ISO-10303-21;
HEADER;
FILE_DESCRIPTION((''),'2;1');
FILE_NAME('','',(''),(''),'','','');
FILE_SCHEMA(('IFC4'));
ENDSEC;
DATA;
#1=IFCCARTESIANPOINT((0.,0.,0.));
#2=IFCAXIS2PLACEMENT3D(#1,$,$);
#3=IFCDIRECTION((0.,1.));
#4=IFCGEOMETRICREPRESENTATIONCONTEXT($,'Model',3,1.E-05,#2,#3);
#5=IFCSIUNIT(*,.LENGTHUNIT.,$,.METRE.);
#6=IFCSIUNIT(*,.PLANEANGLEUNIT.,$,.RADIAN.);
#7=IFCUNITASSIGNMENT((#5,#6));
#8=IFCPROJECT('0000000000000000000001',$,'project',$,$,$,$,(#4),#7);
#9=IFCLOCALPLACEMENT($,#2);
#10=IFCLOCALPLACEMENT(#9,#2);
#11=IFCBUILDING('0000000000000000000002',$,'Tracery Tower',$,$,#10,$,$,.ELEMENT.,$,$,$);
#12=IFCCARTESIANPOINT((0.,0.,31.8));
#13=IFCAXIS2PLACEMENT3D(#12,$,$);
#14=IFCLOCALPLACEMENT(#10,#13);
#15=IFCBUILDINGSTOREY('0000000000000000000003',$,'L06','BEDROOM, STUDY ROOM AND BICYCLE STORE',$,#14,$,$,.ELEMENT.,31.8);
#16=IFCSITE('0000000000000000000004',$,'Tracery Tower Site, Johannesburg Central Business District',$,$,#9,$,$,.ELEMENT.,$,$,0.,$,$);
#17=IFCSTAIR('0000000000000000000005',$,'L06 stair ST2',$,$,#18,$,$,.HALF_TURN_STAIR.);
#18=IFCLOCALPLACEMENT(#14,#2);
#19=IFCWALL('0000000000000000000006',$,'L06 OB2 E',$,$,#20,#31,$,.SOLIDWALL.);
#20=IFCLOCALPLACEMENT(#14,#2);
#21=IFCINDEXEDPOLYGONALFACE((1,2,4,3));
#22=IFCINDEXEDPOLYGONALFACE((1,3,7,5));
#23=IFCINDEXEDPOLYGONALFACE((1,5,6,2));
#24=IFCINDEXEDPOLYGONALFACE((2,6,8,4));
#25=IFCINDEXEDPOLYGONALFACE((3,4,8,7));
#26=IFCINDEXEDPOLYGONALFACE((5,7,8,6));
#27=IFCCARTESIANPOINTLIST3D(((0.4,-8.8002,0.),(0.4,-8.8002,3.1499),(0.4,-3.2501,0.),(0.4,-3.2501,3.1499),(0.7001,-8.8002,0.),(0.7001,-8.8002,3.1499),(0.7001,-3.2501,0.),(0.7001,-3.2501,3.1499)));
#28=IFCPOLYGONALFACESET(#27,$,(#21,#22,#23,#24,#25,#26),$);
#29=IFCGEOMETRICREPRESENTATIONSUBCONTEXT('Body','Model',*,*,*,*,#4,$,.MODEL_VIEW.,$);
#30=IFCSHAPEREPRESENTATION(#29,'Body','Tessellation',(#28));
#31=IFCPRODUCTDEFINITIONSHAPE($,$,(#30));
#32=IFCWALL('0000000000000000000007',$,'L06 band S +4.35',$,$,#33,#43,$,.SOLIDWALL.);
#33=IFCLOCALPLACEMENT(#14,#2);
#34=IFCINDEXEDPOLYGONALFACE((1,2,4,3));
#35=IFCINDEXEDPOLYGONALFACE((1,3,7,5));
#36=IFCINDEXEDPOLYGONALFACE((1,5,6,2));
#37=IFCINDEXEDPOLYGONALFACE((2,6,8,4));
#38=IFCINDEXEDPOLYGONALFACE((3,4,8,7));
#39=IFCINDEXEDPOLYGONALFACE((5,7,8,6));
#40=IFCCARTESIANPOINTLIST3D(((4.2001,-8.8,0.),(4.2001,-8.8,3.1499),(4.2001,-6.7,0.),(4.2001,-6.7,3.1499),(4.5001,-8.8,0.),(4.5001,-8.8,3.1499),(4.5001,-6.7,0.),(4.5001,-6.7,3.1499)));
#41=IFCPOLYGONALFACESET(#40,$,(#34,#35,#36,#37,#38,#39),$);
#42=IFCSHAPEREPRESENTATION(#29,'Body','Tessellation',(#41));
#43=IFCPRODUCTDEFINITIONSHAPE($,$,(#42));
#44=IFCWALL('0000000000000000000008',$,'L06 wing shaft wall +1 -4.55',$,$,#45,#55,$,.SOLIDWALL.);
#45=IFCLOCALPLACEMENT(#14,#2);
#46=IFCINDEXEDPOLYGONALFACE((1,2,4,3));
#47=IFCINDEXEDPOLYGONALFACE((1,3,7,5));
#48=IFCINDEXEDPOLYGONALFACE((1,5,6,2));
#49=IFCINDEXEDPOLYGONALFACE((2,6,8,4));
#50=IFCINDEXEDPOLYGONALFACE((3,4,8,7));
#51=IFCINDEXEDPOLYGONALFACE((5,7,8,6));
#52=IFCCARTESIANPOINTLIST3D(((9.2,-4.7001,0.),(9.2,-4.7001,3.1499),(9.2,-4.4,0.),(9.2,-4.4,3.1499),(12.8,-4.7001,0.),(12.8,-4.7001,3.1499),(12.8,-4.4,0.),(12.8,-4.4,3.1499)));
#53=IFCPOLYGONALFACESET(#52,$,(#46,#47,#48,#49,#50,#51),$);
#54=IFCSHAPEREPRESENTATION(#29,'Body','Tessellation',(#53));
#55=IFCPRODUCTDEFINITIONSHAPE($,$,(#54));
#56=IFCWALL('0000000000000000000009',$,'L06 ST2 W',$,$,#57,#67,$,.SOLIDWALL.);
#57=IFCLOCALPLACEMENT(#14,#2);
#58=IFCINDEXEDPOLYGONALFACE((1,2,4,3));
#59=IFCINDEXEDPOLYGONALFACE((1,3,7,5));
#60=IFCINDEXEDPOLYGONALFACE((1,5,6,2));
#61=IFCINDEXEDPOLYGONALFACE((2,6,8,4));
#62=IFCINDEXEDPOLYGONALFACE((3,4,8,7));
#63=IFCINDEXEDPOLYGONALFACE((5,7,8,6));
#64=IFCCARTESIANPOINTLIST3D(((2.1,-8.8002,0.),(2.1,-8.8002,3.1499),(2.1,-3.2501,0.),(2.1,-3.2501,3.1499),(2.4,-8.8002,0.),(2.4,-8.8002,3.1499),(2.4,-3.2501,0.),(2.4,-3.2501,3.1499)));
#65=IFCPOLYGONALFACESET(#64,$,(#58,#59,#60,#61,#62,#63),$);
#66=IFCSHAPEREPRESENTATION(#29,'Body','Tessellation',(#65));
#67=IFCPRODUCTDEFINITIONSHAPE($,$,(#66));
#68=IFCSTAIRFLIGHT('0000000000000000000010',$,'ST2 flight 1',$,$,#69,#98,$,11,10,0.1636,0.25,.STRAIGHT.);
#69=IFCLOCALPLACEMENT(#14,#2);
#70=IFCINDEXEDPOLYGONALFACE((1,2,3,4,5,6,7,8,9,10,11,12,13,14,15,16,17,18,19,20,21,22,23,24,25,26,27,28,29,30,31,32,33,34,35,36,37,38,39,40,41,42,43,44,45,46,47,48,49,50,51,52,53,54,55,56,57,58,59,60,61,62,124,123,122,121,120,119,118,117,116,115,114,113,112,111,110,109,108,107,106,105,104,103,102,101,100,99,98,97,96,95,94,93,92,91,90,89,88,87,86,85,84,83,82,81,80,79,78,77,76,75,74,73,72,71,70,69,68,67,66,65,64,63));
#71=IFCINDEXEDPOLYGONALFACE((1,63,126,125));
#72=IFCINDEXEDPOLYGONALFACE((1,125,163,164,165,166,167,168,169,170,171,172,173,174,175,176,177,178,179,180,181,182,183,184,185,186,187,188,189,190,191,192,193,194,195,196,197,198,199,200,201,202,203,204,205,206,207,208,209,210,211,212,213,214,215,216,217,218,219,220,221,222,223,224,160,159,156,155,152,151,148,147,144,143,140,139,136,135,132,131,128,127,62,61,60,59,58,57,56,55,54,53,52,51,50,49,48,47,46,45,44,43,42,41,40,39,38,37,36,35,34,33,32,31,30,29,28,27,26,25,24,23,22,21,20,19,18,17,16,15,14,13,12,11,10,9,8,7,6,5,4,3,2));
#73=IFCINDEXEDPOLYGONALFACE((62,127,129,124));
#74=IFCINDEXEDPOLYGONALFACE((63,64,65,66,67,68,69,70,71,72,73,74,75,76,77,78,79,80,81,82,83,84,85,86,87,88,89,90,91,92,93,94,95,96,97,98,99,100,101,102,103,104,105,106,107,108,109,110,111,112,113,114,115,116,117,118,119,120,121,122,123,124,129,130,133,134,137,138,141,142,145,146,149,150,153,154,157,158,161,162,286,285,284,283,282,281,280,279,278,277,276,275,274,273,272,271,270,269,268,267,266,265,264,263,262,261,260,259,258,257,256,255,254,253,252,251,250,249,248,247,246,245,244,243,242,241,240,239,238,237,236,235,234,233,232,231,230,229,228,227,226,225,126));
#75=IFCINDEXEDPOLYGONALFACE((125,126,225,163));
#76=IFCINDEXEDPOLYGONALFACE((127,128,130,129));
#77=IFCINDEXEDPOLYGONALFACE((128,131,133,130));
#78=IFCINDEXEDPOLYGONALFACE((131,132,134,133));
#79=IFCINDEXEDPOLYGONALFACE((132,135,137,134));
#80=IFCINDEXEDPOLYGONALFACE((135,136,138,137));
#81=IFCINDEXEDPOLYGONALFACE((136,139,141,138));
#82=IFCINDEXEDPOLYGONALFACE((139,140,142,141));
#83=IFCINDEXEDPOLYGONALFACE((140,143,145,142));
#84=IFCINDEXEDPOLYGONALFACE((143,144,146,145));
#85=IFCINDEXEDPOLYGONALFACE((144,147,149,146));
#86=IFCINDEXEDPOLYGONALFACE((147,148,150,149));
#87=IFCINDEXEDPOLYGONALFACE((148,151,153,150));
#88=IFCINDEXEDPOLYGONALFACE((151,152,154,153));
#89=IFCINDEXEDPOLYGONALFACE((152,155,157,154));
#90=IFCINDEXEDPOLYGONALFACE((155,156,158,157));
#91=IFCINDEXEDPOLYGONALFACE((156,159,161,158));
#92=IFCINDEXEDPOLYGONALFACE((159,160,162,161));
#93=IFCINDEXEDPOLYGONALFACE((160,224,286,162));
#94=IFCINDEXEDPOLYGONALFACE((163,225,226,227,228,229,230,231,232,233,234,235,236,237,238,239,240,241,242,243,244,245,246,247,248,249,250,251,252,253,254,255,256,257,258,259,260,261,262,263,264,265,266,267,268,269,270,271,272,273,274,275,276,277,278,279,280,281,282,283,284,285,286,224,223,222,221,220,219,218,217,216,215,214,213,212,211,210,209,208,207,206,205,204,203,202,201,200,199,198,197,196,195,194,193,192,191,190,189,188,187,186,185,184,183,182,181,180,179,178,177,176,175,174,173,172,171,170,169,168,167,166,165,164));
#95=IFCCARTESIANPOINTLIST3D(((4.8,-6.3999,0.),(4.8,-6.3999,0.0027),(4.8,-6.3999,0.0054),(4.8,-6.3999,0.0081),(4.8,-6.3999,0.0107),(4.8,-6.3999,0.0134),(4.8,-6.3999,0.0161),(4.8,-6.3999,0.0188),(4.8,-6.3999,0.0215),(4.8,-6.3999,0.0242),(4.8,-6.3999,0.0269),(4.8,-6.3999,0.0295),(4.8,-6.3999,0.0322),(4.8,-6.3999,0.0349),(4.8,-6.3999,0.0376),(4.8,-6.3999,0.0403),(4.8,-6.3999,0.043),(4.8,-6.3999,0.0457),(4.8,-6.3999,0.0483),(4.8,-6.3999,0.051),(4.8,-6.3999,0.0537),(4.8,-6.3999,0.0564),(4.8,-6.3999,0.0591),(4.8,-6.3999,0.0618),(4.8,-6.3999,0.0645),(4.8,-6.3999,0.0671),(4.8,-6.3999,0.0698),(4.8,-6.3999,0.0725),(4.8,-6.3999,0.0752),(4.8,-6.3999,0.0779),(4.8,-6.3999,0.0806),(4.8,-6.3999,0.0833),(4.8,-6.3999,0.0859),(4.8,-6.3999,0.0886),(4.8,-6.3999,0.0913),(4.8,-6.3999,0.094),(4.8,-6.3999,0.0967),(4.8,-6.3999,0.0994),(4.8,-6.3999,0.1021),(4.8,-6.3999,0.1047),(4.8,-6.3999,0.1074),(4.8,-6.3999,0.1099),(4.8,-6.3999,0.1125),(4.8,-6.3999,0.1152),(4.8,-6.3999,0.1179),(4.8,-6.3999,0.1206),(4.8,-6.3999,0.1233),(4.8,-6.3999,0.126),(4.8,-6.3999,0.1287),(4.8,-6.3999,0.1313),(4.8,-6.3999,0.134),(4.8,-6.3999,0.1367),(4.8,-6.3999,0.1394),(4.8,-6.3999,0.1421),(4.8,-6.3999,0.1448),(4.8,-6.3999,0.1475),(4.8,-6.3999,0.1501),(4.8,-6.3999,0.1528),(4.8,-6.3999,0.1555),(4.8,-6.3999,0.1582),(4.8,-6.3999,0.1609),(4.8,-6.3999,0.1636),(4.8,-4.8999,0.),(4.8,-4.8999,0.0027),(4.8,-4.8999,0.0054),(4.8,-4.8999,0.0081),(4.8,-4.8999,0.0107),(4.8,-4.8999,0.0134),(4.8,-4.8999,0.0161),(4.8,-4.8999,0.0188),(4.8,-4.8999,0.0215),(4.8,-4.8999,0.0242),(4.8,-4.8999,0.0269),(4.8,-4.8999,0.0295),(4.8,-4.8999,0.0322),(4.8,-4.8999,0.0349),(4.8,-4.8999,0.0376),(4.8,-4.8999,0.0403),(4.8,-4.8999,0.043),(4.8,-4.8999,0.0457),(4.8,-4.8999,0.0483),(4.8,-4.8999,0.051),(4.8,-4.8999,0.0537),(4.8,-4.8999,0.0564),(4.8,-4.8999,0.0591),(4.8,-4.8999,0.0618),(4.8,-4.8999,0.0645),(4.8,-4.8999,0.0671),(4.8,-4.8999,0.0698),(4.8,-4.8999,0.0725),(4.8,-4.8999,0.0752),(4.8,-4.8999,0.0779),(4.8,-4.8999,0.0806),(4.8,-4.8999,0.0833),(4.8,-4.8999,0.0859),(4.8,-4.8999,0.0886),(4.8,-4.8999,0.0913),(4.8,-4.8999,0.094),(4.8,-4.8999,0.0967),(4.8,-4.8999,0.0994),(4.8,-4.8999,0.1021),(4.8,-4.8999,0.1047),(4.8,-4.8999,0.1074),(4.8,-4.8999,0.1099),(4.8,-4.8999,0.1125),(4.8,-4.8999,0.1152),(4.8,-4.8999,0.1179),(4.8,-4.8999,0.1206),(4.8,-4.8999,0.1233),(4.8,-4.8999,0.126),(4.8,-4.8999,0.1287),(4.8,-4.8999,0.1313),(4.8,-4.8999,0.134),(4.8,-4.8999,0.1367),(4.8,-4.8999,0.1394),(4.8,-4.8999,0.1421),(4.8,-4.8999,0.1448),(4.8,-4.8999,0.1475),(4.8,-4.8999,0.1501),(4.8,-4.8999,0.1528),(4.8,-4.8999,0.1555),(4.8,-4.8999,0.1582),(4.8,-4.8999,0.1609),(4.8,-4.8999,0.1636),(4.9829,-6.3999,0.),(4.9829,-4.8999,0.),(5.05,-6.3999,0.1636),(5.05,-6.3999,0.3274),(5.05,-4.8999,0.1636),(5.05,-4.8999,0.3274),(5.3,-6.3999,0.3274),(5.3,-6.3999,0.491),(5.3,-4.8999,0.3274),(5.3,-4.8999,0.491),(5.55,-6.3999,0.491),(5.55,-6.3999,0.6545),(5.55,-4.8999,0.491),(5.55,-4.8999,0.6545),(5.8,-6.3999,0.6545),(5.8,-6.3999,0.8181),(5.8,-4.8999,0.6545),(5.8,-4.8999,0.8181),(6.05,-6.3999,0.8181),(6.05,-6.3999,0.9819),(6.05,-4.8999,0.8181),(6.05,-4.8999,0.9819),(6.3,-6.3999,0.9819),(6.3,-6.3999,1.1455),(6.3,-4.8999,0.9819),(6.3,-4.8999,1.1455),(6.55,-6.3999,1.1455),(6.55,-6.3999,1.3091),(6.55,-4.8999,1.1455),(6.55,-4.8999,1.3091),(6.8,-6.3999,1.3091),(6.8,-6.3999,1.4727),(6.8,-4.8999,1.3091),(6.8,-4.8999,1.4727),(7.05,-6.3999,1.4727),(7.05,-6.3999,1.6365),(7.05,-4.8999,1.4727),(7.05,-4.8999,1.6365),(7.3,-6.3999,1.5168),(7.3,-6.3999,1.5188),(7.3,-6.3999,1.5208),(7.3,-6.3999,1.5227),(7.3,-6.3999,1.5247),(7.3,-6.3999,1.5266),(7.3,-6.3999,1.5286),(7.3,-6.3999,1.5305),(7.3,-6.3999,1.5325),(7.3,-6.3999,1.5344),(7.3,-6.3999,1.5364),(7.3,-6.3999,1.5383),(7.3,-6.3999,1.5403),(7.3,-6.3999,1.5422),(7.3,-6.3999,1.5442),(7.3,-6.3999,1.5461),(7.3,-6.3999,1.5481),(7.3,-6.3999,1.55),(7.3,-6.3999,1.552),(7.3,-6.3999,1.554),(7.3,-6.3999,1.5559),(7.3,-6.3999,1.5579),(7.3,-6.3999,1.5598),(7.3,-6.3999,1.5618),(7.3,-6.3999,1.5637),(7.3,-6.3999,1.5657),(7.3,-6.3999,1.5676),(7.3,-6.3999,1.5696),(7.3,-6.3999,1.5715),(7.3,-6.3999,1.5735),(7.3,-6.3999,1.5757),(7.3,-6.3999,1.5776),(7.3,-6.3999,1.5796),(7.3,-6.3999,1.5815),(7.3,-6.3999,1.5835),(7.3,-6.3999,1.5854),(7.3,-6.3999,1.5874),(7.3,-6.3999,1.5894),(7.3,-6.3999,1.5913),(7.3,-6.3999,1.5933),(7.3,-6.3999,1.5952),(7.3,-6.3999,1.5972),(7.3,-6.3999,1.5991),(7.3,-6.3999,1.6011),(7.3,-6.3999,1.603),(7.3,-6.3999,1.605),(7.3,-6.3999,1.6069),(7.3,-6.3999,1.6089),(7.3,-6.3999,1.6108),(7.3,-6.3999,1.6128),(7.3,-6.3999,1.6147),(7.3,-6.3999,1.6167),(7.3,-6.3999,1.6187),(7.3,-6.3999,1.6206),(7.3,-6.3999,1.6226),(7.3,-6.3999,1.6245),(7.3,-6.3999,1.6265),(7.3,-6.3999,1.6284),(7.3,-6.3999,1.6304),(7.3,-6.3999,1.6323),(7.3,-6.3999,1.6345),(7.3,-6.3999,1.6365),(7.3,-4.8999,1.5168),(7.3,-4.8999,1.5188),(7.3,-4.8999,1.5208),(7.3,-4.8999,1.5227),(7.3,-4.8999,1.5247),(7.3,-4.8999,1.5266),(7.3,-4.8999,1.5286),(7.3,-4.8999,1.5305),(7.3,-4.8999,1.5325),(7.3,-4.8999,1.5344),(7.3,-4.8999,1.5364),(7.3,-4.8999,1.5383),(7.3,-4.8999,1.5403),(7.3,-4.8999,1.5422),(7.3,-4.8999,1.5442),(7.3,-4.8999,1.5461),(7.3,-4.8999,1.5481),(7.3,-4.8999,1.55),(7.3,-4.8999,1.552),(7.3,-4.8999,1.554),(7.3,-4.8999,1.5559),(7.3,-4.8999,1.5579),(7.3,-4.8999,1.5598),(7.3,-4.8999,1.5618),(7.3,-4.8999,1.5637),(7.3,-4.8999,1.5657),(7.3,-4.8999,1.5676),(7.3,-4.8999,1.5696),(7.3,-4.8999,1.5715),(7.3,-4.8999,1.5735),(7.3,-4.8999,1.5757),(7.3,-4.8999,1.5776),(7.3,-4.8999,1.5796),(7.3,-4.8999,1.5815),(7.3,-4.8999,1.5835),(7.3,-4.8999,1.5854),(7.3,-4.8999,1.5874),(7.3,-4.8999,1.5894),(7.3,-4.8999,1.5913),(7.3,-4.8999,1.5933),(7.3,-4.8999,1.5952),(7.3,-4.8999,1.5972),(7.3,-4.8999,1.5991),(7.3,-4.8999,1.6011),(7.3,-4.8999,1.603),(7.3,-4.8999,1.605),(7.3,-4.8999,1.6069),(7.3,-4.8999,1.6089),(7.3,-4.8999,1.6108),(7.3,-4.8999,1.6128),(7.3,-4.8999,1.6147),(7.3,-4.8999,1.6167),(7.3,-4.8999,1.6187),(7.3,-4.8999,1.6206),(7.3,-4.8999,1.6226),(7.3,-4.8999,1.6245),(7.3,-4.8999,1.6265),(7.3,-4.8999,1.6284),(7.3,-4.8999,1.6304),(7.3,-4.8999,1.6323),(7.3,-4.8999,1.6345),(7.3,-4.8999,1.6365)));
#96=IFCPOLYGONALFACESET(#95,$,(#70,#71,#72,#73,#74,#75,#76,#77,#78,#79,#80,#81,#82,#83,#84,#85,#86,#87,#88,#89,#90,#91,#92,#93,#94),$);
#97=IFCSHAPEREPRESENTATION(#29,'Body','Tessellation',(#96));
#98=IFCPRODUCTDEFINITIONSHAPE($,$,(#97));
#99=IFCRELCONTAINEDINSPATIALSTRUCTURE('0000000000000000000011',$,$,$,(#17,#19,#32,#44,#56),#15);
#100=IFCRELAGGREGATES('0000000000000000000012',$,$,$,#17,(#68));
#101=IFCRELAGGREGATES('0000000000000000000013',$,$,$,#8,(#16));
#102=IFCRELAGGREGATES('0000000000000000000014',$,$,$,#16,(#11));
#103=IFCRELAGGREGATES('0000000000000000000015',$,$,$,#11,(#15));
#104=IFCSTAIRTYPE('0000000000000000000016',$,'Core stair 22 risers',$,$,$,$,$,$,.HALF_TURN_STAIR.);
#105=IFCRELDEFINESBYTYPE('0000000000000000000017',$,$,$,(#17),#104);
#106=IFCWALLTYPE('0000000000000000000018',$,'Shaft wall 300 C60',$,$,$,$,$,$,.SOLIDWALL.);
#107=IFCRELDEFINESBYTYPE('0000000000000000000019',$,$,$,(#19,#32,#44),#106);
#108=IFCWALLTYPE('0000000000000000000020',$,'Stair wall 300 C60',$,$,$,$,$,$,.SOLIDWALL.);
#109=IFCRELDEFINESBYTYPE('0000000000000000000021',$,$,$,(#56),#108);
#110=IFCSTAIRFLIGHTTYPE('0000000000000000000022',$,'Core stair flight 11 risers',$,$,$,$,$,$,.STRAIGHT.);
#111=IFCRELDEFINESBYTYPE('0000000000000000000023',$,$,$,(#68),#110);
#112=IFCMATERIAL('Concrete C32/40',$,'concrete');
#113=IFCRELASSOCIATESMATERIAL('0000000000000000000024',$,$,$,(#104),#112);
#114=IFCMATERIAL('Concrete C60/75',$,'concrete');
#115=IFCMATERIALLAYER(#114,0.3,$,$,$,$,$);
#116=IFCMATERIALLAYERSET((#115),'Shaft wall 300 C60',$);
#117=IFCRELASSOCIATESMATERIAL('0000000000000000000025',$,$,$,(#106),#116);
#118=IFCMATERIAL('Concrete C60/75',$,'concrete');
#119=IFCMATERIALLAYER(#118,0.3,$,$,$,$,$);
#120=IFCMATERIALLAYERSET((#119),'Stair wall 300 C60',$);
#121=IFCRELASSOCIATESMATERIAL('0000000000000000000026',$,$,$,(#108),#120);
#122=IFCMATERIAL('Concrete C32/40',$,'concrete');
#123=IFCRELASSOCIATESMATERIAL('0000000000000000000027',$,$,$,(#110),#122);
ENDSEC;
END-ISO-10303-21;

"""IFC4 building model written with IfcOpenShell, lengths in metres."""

from ifc_helpers import new_model, si_unit, direction, frame, frame_2d, origin, place, context, subcontext, project, spatial, polyline, rectangle, outline, extrude, material, layer, layer_set, type_object, element, aggregate, save


model = new_model("IFC4")

# Units and contexts
model_context = context("Model", 3, precision=1e-05, world=origin(), true_north=direction((0.0, 1.0)))
body_context = subcontext(model_context, "Body", "Model", "MODEL_VIEW")
ifc_project = project(units=[si_unit("LENGTHUNIT", "METRE"), si_unit("PLANEANGLEUNIT", "RADIAN")], contexts=[model_context])

# Site, building, storey
site_placement = place(None, origin())
site = spatial("IfcSite", under=ifc_project, at=site_placement, Name="Tracery Tower Site, Johannesburg Central Business District", CompositionType="ELEMENT", RefElevation=0.0)
building_placement = place(site_placement, origin())
building = spatial("IfcBuilding", under=site, at=building_placement, Name="Tracery Tower", CompositionType="ELEMENT")
storey_placement = place(building_placement, frame((0.0, 0.0, 31.8)))
storey = spatial("IfcBuildingStorey", under=building, at=storey_placement, Name="L06", Description="BEDROOM, STUDY ROOM AND BICYCLE STORE", CompositionType="ELEMENT", Elevation=31.8)

# Stair
ifc_material_1 = material(Name="Concrete C32/40", Category="concrete")
stair_type = type_object("IfcStairType", Name="Core stair 22 risers", PredefinedType="HALF_TURN_STAIR", material=ifc_material_1)
stair_1_placement = place(storey_placement, origin())
stair_1 = element("IfcStair", 1, at=stair_1_placement, inside=storey, type_object=stair_type, Name="L06 stair ST2", PredefinedType="HALF_TURN_STAIR")

# Walls
ifc_material_2 = material(Name="Concrete C60/75", Category="concrete")
ifc_layer_1 = layer(ifc_material_2, 0.3)
ifc_layer_set_1 = layer_set([ifc_layer_1], Name="Shaft wall 300 C60")
wall_type_1 = type_object("IfcWallType", Name="Shaft wall 300 C60", PredefinedType="SOLIDWALL", material=ifc_layer_set_1)
wall_1_placement = place(storey_placement, frame((0.55, -8.8, 0.0), z_axis=(0.0, 0.0, 1.0), x_axis=(0.0, 1.0, 0.0)))
element("IfcWall", 2, at=wall_1_placement, inside=storey, type_object=wall_type_1, Name="L06 OB2 E", PredefinedType="SOLIDWALL", context=body_context, shape_type="SweptSolid", body=[
    extrude(rectangle(XDim=5.55, YDim=0.3, at=frame_2d((2.7749, 0.0))), origin(), (0.0, 0.0, 1.0), 3.1499),
])
wall_2_placement = place(storey_placement, frame((4.3501, -8.8, 0.0), z_axis=(0.0, 0.0, 1.0), x_axis=(0.0, 1.0, 0.0)))
element("IfcWall", 3, at=wall_2_placement, inside=storey, type_object=wall_type_1, Name="L06 band S +4.35", PredefinedType="SOLIDWALL", context=body_context, shape_type="SweptSolid", body=[
    extrude(rectangle(XDim=2.1001, YDim=0.3, at=frame_2d((1.05, 0.0))), origin(), (0.0, 0.0, 1.0), 3.1499),
])
wall_3_placement = place(storey_placement, frame((9.2, -4.55, 0.0), z_axis=(0.0, 0.0, 1.0), x_axis=(1.0, 0.0, 0.0)))
element("IfcWall", 4, at=wall_3_placement, inside=storey, type_object=wall_type_1, Name="L06 wing shaft wall +1 -4.55", PredefinedType="SOLIDWALL", context=body_context, shape_type="SweptSolid", body=[
    extrude(rectangle(XDim=3.6001, YDim=0.3, at=frame_2d((1.8, 0.0))), origin(), (0.0, 0.0, 1.0), 3.1499),
])

# Shared definitions
ifc_material_3 = material(Name="Concrete C60/75", Category="concrete")
ifc_layer_2 = layer(ifc_material_3, 0.3)
ifc_layer_set_2 = layer_set([ifc_layer_2], Name="Stair wall 300 C60")
wall_type_2 = type_object("IfcWallType", Name="Stair wall 300 C60", PredefinedType="SOLIDWALL", material=ifc_layer_set_2)

# Wall
wall_4_placement = place(storey_placement, frame((2.25, -8.8, 0.0), z_axis=(0.0, 0.0, 1.0), x_axis=(0.0, 1.0, 0.0)))
element("IfcWall", 5, at=wall_4_placement, inside=storey, type_object=wall_type_2, Name="L06 ST2 W", PredefinedType="SOLIDWALL", context=body_context, shape_type="SweptSolid", body=[
    extrude(rectangle(XDim=5.55, YDim=0.3, at=frame_2d((2.7749, 0.0))), origin(), (0.0, 0.0, 1.0), 3.1499),
])

# Stair flight
ifc_material_4 = material(Name="Concrete C32/40", Category="concrete")
stair_flight_type = type_object("IfcStairFlightType", Name="Core stair flight 11 risers", PredefinedType="STRAIGHT", material=ifc_material_4)
stair_flight_1_placement = place(storey_placement, frame((4.8, -5.6499, 0.0), z_axis=(0.0, 0.0, 1.0), x_axis=(1.0, 0.0, 0.0)))
stair_flight_1 = element("IfcStairFlight", 6, at=stair_flight_1_placement, type_object=stair_flight_type, Name="ST2 flight 1", NumberOfRisers=11, NumberOfTreads=10, PredefinedType="STRAIGHT", RiserHeight=0.1636, TreadLength=0.25, context=body_context, shape_type="SweptSolid", body=[
    extrude(outline(polyline([(0.0, 0.0), (0.0, 0.0027), (0.0, 0.0054), (0.0, 0.0081), (0.0, 0.0107), (0.0, 0.0134), (0.0, 0.0161), (0.0, 0.0188), (0.0, 0.0215), (0.0, 0.0242), (0.0, 0.0269), (0.0, 0.0295), (0.0, 0.0322), (0.0, 0.0349), (0.0, 0.0376), (0.0, 0.0403), (0.0, 0.043), (0.0, 0.0457), (0.0, 0.0483), (0.0, 0.051), (0.0, 0.0537), (0.0, 0.0564), (0.0, 0.0591), (0.0, 0.0618), (0.0, 0.0645), (0.0, 0.0671), (0.0, 0.0698), (0.0, 0.0725), (0.0, 0.0752), (0.0, 0.0779), (0.0, 0.0806), (0.0, 0.0833), (0.0, 0.0859), (0.0, 0.0886), (0.0, 0.0913), (0.0, 0.094), (0.0, 0.0967), (0.0, 0.0994), (0.0, 0.1021), (0.0, 0.1047), (0.0, 0.1074), (0.0, 0.1099), (0.0, 0.1125), (0.0, 0.1152), (0.0, 0.1179), (0.0, 0.1206), (0.0, 0.1233), (0.0, 0.126), (0.0, 0.1287), (0.0, 0.1313), (0.0, 0.134), (0.0, 0.1367), (0.0, 0.1394), (0.0, 0.1421), (0.0, 0.1448), (0.0, 0.1475), (0.0, 0.1501), (0.0, 0.1528), (0.0, 0.1555), (0.0, 0.1582), (0.0, 0.1609), (0.0, 0.1636), (0.25, 0.1636), (0.25, 0.3274), (0.5, 0.3274), (0.5, 0.491), (0.75, 0.491), (0.75, 0.6545), (1.0, 0.6545), (1.0, 0.8181), (1.25, 0.8181), (1.25, 0.9819), (1.5, 0.9819), (1.5, 1.1455), (1.75, 1.1455), (1.75, 1.3091), (2.0, 1.3091), (2.0, 1.4727), (2.25, 1.4727), (2.25, 1.6365), (2.5, 1.6365), (2.5, 1.6345), (2.5, 1.6323), (2.5, 1.6304), (2.5, 1.6284), (2.5, 1.6265), (2.5, 1.6245), (2.5, 1.6226), (2.5, 1.6206), (2.5, 1.6187), (2.5, 1.6167), (2.5, 1.6147), (2.5, 1.6128), (2.5, 1.6108), (2.5, 1.6089), (2.5, 1.6069), (2.5, 1.605), (2.5, 1.603), (2.5, 1.6011), (2.5, 1.5991), (2.5, 1.5972), (2.5, 1.5952), (2.5, 1.5933), (2.5, 1.5913), (2.5, 1.5894), (2.5, 1.5874), (2.5, 1.5854), (2.5, 1.5835), (2.5, 1.5815), (2.5, 1.5796), (2.5, 1.5776), (2.5, 1.5757), (2.5, 1.5735), (2.5, 1.5715), (2.5, 1.5696), (2.5, 1.5676), (2.5, 1.5657), (2.5, 1.5637), (2.5, 1.5618), (2.5, 1.5598), (2.5, 1.5579), (2.5, 1.5559), (2.5, 1.554), (2.5, 1.552), (2.5, 1.55), (2.5, 1.5481), (2.5, 1.5461), (2.5, 1.5442), (2.5, 1.5422), (2.5, 1.5403), (2.5, 1.5383), (2.5, 1.5364), (2.5, 1.5344), (2.5, 1.5325), (2.5, 1.5305), (2.5, 1.5286), (2.5, 1.5266), (2.5, 1.5247), (2.5, 1.5227), (2.5, 1.5208), (2.5, 1.5188), (2.5, 1.5168), (0.1829, 0.0), (0.0, 0.0)])), frame((0.0, 0.75, 0.0), z_axis=(0.0, -1.0, 0.0), x_axis=(1.0, 0.0, 0.0)), (0.0, 0.0, 1.0), 1.5),
])
aggregate(stair_1, [stair_flight_1])

save(model, "model.ifc")
